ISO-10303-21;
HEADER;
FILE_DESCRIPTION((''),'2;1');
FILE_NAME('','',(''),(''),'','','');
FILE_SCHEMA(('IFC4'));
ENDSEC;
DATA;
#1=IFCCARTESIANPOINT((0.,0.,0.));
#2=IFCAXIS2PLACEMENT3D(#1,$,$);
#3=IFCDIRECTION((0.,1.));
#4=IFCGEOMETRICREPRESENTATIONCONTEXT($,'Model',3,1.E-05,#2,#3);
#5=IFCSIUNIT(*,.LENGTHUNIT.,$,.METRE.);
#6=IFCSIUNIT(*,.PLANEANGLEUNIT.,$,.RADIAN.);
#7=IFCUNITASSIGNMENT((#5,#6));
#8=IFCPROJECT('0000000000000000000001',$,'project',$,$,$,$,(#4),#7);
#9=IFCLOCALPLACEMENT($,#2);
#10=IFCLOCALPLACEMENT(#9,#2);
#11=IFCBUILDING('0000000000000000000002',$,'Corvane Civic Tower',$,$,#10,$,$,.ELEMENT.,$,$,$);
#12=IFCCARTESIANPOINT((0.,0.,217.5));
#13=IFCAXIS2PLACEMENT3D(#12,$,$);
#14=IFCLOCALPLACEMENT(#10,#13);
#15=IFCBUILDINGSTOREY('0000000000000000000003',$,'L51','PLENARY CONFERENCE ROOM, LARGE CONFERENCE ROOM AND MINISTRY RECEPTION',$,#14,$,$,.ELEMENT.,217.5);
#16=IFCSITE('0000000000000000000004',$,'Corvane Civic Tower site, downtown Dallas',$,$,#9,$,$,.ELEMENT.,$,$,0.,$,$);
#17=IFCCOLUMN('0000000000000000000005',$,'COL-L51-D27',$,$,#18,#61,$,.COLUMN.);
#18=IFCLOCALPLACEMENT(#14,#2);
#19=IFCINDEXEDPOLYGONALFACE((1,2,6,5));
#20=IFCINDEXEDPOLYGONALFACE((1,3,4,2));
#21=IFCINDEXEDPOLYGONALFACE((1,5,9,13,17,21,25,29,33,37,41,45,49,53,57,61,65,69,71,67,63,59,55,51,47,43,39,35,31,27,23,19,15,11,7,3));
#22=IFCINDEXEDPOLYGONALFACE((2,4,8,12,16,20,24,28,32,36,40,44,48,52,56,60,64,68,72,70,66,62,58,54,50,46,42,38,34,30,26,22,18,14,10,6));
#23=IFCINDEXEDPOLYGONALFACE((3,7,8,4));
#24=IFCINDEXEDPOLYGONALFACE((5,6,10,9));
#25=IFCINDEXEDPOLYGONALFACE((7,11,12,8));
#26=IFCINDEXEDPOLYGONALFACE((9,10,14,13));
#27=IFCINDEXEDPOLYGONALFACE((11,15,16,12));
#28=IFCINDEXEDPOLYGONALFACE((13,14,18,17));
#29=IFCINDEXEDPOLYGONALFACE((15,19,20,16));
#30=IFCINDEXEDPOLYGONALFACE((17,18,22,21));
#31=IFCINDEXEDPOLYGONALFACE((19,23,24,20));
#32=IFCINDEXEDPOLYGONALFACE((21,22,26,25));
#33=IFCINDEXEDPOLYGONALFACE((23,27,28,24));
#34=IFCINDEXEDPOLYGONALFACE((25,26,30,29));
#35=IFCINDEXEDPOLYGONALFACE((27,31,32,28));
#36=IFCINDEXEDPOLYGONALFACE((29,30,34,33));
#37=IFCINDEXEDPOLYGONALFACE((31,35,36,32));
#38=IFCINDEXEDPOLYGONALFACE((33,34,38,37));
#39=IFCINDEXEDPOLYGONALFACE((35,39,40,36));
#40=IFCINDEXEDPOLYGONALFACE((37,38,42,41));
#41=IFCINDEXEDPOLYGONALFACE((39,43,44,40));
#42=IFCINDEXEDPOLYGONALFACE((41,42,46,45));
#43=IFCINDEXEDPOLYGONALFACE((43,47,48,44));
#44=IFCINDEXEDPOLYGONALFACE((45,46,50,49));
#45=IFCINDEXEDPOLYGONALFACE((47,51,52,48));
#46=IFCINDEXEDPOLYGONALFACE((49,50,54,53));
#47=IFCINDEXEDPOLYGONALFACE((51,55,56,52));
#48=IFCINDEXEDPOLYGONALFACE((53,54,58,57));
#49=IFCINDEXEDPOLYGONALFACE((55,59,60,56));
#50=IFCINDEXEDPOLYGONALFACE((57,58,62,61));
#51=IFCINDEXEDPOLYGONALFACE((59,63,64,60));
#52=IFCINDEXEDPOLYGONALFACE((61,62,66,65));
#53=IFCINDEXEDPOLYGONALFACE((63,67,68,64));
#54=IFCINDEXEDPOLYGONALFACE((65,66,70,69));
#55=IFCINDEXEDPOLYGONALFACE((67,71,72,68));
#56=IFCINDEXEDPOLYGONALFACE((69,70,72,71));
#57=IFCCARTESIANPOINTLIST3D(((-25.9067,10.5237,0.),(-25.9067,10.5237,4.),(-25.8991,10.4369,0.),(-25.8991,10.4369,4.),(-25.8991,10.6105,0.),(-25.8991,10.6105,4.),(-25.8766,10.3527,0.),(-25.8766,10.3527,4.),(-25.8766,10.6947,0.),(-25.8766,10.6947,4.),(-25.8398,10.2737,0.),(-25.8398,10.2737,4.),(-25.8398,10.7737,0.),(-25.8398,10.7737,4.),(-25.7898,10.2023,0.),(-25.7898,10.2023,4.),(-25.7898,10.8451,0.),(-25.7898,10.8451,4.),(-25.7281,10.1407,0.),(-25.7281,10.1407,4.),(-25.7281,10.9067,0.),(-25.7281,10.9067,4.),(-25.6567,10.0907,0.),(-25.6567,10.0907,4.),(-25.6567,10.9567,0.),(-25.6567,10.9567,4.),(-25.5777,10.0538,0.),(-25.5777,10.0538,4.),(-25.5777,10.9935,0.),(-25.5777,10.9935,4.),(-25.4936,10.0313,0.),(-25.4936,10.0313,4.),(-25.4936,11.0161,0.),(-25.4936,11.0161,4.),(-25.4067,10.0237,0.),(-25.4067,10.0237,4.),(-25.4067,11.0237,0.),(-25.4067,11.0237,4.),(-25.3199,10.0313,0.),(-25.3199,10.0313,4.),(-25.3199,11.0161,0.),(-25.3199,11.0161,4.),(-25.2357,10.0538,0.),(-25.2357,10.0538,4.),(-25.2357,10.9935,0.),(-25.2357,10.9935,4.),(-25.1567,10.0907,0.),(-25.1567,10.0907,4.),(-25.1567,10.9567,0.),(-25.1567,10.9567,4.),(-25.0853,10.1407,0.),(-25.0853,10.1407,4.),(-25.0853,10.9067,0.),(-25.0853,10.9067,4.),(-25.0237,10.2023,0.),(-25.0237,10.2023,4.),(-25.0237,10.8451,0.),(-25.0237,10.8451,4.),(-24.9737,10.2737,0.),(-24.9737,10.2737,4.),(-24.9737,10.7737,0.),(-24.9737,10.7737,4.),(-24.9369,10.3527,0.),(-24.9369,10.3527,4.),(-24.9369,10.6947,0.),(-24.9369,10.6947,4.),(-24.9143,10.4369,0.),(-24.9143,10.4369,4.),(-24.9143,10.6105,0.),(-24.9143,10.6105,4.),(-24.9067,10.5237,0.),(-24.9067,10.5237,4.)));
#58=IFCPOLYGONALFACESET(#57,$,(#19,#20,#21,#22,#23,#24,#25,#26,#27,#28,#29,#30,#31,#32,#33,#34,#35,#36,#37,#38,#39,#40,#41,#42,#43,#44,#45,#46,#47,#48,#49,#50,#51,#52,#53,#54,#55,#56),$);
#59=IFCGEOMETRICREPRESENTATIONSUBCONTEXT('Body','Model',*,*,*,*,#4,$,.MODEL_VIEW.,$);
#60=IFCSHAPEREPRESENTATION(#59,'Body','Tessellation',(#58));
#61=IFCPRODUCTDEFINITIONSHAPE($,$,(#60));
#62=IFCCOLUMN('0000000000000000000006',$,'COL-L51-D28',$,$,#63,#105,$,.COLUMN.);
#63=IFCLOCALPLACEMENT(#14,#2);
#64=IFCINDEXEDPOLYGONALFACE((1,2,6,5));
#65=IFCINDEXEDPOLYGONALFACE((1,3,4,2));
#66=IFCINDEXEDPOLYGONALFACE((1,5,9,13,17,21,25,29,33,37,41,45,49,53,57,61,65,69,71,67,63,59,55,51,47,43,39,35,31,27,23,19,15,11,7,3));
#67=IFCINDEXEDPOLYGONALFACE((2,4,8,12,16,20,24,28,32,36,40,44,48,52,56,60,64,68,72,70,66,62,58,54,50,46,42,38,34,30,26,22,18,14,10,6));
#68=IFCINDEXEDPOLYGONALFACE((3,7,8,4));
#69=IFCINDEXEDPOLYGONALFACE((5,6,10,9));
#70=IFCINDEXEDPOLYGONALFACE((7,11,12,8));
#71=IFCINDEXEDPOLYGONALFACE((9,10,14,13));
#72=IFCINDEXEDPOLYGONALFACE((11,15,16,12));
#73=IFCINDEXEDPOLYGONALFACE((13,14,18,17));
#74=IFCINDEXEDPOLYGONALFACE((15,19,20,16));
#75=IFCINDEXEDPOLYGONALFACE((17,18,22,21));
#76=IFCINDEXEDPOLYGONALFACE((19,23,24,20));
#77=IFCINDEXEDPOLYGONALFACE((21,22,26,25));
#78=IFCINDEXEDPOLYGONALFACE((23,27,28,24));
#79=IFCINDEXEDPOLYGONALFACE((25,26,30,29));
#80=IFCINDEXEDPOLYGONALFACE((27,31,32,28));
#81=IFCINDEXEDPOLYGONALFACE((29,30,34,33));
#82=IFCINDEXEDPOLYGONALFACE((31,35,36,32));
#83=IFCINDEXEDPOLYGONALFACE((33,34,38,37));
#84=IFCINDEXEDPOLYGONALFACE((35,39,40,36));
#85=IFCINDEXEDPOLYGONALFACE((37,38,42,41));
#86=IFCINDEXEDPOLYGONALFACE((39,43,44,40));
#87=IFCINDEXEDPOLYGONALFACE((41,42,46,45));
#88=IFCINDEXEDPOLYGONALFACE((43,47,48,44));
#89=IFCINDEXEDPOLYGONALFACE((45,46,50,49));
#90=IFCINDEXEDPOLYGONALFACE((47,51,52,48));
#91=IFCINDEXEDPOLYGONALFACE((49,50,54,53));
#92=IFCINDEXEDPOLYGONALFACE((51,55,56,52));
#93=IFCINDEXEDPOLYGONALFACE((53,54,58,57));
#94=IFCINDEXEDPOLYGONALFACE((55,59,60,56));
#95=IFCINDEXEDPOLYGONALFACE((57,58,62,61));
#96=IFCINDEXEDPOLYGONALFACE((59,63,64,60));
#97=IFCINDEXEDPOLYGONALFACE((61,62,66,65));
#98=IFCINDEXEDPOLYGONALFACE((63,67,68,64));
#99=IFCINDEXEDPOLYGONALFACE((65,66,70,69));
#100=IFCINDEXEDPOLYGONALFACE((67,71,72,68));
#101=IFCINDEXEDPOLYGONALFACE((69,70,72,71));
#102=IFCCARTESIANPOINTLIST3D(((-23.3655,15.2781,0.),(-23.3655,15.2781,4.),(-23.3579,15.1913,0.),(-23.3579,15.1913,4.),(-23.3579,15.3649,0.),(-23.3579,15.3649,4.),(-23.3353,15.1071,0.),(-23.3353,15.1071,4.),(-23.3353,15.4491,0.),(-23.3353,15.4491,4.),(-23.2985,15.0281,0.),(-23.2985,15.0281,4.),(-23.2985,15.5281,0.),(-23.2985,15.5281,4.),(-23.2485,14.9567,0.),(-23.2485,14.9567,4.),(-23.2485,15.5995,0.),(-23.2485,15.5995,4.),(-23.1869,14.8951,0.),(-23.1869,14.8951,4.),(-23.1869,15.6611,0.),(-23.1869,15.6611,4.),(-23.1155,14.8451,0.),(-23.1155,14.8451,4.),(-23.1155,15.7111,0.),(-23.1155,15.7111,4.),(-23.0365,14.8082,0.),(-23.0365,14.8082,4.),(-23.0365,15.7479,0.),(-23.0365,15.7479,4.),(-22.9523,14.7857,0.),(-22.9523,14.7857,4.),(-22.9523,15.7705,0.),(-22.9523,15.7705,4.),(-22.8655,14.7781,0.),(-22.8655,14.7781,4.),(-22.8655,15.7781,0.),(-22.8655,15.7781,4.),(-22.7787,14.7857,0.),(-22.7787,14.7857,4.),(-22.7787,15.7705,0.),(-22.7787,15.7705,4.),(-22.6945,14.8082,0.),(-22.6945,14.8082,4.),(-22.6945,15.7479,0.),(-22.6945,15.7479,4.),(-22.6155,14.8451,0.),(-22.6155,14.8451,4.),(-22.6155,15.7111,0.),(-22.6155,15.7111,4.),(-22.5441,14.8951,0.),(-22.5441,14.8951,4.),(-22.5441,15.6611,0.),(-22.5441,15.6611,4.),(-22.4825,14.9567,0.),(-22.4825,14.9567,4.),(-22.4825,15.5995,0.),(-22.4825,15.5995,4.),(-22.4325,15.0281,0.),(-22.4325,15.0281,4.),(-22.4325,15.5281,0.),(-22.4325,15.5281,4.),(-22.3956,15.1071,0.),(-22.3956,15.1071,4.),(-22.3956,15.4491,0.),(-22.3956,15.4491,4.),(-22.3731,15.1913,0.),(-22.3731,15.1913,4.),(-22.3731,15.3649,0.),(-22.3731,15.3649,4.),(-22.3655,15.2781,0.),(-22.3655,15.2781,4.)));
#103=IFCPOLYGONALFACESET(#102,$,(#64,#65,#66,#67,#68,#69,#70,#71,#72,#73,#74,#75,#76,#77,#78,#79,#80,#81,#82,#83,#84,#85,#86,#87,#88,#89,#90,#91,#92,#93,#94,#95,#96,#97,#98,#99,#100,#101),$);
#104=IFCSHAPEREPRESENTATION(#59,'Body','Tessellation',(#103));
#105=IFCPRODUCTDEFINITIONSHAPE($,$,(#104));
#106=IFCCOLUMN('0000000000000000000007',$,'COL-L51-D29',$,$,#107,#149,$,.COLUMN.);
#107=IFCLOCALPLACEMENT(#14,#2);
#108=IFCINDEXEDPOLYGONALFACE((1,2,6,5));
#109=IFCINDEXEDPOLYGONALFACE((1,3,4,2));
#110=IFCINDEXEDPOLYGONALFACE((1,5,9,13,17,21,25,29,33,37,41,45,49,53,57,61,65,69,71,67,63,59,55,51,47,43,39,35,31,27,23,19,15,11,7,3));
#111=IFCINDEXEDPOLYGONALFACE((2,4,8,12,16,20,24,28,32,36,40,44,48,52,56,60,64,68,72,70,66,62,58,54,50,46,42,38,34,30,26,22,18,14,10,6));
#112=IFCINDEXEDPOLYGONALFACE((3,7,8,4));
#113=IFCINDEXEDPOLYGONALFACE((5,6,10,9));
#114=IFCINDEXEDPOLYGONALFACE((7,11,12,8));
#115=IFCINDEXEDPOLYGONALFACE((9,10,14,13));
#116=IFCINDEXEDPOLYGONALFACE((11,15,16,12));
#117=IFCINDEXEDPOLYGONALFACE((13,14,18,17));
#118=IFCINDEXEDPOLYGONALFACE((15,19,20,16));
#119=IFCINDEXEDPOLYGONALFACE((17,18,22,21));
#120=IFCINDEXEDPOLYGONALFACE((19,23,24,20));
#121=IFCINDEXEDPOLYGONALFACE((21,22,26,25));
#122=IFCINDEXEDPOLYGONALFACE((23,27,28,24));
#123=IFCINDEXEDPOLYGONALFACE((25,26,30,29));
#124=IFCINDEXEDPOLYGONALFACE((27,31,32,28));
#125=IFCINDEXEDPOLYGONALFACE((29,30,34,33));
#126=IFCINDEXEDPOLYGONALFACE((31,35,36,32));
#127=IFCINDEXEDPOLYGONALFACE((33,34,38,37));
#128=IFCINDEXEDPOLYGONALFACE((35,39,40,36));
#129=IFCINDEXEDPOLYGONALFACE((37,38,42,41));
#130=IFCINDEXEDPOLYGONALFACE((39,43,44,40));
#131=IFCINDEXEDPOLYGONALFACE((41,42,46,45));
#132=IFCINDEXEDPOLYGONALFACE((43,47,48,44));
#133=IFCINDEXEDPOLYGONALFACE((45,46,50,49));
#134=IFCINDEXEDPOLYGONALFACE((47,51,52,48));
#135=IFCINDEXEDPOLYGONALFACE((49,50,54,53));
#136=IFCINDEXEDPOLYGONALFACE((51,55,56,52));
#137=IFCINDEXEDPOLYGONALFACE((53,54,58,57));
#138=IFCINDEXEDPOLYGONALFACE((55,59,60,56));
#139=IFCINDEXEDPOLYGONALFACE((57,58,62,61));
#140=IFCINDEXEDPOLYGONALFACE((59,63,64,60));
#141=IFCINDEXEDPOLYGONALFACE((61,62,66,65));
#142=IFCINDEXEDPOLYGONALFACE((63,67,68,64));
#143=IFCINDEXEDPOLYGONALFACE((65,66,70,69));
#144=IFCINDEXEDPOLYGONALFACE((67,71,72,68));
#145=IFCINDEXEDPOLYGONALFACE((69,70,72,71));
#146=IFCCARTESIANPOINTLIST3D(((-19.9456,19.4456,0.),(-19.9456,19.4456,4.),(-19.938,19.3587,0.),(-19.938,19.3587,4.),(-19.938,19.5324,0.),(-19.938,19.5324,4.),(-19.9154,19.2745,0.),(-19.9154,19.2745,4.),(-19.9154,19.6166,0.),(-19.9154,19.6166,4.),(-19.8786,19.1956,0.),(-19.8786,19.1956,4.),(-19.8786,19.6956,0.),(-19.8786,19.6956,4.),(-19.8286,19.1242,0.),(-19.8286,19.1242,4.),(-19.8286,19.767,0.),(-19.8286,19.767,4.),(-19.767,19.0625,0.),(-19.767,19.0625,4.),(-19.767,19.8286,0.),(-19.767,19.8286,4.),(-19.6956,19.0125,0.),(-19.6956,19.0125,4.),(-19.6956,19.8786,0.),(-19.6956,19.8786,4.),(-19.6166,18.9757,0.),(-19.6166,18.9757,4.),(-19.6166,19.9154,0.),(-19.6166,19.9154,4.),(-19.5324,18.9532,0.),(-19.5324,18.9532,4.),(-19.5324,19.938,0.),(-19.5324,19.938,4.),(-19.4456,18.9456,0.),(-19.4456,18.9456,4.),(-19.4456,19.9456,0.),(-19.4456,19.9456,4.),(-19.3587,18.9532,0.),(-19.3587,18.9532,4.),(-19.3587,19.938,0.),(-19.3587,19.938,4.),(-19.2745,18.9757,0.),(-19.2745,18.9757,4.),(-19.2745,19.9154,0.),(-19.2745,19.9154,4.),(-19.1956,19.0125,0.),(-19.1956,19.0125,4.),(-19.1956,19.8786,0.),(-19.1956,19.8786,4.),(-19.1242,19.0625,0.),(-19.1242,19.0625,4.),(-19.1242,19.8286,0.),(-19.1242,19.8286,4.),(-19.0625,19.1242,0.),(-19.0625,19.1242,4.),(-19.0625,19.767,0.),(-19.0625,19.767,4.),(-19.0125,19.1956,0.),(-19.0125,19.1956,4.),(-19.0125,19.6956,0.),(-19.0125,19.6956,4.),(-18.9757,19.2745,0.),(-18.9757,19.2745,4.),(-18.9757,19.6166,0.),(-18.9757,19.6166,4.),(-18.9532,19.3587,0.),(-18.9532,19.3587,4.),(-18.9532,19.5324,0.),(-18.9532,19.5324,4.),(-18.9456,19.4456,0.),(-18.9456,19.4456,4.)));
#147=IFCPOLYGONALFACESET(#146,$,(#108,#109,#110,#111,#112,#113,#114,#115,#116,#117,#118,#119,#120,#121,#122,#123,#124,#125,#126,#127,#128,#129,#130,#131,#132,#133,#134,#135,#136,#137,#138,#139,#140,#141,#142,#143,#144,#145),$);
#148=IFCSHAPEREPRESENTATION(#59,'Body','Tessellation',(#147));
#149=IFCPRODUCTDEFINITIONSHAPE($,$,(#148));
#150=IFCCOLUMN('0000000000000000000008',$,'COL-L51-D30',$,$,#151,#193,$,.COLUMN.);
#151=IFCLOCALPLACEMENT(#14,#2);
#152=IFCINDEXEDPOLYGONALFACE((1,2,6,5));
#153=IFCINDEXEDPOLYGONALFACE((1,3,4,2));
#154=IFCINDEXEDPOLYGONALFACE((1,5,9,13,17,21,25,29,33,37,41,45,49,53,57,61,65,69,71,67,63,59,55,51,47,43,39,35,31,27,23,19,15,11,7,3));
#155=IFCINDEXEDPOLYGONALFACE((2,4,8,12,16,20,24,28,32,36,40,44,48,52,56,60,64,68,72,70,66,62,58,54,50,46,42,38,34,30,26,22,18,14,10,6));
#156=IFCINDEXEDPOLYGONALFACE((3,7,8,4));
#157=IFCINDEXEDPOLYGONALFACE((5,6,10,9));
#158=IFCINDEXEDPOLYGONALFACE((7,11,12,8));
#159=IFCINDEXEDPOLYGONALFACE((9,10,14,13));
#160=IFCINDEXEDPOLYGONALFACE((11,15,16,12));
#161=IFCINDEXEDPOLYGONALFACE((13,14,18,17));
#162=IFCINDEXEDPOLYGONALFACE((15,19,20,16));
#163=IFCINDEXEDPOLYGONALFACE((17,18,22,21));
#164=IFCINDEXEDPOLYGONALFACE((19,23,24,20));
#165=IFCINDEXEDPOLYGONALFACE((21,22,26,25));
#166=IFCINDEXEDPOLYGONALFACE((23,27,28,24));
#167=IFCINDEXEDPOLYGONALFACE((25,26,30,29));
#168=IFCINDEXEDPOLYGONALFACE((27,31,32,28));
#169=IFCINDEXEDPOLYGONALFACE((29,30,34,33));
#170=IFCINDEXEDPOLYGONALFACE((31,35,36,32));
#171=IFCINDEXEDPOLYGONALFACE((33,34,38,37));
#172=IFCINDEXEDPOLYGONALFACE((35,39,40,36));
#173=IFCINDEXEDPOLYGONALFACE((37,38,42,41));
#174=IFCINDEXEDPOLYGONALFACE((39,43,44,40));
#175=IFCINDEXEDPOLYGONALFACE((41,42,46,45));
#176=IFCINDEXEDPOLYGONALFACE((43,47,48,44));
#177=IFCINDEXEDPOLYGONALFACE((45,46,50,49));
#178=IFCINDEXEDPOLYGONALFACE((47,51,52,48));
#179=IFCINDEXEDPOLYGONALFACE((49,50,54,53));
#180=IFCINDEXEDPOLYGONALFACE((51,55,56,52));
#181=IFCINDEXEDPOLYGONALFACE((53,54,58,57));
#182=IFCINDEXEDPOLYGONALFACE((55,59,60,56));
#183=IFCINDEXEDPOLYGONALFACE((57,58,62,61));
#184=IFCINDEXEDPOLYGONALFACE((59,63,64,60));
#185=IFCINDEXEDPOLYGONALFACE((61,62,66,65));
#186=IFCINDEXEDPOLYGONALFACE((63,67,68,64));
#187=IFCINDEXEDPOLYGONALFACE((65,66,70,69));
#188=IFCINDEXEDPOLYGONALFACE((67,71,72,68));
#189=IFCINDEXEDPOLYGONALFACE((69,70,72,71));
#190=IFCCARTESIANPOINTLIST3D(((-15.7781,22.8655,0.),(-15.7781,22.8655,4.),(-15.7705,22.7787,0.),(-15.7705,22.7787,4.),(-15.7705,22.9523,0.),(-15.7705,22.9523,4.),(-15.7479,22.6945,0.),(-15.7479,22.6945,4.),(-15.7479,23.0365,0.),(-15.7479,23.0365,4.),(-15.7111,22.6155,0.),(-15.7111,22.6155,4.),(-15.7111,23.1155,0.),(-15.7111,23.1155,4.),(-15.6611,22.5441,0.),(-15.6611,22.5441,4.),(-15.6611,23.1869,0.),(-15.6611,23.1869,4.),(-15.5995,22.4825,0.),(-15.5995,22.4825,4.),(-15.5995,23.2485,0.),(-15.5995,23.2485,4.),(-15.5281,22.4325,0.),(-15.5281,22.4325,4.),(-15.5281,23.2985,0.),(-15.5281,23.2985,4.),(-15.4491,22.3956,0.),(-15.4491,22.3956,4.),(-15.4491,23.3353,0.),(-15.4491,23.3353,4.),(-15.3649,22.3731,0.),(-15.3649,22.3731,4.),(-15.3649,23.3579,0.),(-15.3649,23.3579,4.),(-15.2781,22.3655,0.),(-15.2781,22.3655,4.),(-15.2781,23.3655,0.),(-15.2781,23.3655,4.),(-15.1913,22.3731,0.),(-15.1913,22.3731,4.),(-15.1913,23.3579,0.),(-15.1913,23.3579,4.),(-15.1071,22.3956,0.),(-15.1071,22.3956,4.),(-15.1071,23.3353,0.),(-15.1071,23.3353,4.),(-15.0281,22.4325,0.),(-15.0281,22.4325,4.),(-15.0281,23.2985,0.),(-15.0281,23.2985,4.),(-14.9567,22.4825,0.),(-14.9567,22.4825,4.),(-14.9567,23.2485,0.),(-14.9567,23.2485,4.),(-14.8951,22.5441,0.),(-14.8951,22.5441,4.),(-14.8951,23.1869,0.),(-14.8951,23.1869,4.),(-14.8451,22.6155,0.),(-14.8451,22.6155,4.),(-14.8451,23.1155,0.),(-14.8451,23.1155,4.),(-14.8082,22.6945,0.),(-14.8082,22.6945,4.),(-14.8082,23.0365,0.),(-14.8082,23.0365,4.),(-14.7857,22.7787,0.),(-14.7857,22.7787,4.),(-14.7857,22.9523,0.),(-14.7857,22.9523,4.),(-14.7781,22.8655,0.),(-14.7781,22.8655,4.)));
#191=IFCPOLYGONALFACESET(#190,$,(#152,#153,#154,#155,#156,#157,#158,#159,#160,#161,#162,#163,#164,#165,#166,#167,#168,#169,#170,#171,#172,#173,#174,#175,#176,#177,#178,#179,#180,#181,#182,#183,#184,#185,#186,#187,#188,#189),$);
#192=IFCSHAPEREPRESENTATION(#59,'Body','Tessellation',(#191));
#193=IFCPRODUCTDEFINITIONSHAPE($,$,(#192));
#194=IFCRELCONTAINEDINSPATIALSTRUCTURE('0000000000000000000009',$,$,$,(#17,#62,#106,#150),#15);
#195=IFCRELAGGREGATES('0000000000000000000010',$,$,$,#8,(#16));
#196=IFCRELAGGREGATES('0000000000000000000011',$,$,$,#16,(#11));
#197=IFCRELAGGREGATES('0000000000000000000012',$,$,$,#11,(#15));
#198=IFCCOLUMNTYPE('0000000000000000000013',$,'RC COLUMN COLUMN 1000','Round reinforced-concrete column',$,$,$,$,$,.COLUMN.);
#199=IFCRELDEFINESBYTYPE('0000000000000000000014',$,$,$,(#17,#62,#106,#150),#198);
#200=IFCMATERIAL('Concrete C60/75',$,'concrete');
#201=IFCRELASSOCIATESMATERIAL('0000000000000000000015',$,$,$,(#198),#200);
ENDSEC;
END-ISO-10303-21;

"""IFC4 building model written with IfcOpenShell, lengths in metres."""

from ifc_helpers import new_model, si_unit, direction, frame, origin, origin_2d, place, context, subcontext, project, spatial, circle, extrude, material, material_profile, profile_set, type_object, element, save


model = new_model("IFC4")

# Units and contexts
model_context = context("Model", 3, precision=1e-05, world=origin(), true_north=direction((0.0, 1.0)))
body_context = subcontext(model_context, "Body", "Model", "MODEL_VIEW")
ifc_project = project(units=[si_unit("LENGTHUNIT", "METRE"), si_unit("PLANEANGLEUNIT", "RADIAN")], contexts=[model_context])

# Site, building, storey
site_placement = place(None, origin())
site = spatial("IfcSite", under=ifc_project, at=site_placement, Name="Corvane Civic Tower site, downtown Dallas", CompositionType="ELEMENT", RefElevation=0.0)
building_placement = place(site_placement, origin())
building = spatial("IfcBuilding", under=site, at=building_placement, Name="Corvane Civic Tower", CompositionType="ELEMENT")
storey_placement = place(building_placement, frame((0.0, 0.0, 217.5)))
storey = spatial("IfcBuildingStorey", under=building, at=storey_placement, Name="L51", Description="PLENARY CONFERENCE ROOM, LARGE CONFERENCE ROOM AND MINISTRY RECEPTION", CompositionType="ELEMENT", Elevation=217.5)

# Columns
ifc_material_1 = material(Name="Concrete C60/75", Category="concrete")
ifc_material_profile_1 = material_profile(ifc_material_1, circle(Radius=0.5, at=origin_2d()), Name="COLUMN 1000")
ifc_profile_set_1 = profile_set([ifc_material_profile_1], Name="Concrete C60/75")
column_type = type_object("IfcColumnType", Name="RC COLUMN COLUMN 1000", Description="Round reinforced-concrete column", PredefinedType="COLUMN", material=ifc_profile_set_1)
for number, where, z_axis, x_axis, name in (
    (1, (-25.4067, 10.5237, 0.0), (0.0, 0.0, 1.0), (1.0, 0.0, 0.0), "COL-L51-D27"),
    (2, (-22.8655, 15.2781, 0.0), (0.0, 0.0, 1.0), (1.0, 0.0, 0.0), "COL-L51-D28"),
    (3, (-19.4456, 19.4456, 0.0), (0.0, 0.0, 1.0), (1.0, 0.0, 0.0), "COL-L51-D29"),
    (4, (-15.2781, 22.8655, 0.0), (0.0, 0.0, 1.0), (1.0, 0.0, 0.0), "COL-L51-D30"),
):
    element("IfcColumn", number, at=place(storey_placement, frame(where, z_axis=z_axis, x_axis=x_axis)), inside=storey, type_object=column_type, Name=name, PredefinedType="COLUMN", context=body_context, shape_type="SweptSolid", body=[
        extrude(circle(Radius=0.5, at=origin_2d()), origin(), (0.0, 0.0, 1.0), 4.0),
    ])

save(model, "model.ifc")
